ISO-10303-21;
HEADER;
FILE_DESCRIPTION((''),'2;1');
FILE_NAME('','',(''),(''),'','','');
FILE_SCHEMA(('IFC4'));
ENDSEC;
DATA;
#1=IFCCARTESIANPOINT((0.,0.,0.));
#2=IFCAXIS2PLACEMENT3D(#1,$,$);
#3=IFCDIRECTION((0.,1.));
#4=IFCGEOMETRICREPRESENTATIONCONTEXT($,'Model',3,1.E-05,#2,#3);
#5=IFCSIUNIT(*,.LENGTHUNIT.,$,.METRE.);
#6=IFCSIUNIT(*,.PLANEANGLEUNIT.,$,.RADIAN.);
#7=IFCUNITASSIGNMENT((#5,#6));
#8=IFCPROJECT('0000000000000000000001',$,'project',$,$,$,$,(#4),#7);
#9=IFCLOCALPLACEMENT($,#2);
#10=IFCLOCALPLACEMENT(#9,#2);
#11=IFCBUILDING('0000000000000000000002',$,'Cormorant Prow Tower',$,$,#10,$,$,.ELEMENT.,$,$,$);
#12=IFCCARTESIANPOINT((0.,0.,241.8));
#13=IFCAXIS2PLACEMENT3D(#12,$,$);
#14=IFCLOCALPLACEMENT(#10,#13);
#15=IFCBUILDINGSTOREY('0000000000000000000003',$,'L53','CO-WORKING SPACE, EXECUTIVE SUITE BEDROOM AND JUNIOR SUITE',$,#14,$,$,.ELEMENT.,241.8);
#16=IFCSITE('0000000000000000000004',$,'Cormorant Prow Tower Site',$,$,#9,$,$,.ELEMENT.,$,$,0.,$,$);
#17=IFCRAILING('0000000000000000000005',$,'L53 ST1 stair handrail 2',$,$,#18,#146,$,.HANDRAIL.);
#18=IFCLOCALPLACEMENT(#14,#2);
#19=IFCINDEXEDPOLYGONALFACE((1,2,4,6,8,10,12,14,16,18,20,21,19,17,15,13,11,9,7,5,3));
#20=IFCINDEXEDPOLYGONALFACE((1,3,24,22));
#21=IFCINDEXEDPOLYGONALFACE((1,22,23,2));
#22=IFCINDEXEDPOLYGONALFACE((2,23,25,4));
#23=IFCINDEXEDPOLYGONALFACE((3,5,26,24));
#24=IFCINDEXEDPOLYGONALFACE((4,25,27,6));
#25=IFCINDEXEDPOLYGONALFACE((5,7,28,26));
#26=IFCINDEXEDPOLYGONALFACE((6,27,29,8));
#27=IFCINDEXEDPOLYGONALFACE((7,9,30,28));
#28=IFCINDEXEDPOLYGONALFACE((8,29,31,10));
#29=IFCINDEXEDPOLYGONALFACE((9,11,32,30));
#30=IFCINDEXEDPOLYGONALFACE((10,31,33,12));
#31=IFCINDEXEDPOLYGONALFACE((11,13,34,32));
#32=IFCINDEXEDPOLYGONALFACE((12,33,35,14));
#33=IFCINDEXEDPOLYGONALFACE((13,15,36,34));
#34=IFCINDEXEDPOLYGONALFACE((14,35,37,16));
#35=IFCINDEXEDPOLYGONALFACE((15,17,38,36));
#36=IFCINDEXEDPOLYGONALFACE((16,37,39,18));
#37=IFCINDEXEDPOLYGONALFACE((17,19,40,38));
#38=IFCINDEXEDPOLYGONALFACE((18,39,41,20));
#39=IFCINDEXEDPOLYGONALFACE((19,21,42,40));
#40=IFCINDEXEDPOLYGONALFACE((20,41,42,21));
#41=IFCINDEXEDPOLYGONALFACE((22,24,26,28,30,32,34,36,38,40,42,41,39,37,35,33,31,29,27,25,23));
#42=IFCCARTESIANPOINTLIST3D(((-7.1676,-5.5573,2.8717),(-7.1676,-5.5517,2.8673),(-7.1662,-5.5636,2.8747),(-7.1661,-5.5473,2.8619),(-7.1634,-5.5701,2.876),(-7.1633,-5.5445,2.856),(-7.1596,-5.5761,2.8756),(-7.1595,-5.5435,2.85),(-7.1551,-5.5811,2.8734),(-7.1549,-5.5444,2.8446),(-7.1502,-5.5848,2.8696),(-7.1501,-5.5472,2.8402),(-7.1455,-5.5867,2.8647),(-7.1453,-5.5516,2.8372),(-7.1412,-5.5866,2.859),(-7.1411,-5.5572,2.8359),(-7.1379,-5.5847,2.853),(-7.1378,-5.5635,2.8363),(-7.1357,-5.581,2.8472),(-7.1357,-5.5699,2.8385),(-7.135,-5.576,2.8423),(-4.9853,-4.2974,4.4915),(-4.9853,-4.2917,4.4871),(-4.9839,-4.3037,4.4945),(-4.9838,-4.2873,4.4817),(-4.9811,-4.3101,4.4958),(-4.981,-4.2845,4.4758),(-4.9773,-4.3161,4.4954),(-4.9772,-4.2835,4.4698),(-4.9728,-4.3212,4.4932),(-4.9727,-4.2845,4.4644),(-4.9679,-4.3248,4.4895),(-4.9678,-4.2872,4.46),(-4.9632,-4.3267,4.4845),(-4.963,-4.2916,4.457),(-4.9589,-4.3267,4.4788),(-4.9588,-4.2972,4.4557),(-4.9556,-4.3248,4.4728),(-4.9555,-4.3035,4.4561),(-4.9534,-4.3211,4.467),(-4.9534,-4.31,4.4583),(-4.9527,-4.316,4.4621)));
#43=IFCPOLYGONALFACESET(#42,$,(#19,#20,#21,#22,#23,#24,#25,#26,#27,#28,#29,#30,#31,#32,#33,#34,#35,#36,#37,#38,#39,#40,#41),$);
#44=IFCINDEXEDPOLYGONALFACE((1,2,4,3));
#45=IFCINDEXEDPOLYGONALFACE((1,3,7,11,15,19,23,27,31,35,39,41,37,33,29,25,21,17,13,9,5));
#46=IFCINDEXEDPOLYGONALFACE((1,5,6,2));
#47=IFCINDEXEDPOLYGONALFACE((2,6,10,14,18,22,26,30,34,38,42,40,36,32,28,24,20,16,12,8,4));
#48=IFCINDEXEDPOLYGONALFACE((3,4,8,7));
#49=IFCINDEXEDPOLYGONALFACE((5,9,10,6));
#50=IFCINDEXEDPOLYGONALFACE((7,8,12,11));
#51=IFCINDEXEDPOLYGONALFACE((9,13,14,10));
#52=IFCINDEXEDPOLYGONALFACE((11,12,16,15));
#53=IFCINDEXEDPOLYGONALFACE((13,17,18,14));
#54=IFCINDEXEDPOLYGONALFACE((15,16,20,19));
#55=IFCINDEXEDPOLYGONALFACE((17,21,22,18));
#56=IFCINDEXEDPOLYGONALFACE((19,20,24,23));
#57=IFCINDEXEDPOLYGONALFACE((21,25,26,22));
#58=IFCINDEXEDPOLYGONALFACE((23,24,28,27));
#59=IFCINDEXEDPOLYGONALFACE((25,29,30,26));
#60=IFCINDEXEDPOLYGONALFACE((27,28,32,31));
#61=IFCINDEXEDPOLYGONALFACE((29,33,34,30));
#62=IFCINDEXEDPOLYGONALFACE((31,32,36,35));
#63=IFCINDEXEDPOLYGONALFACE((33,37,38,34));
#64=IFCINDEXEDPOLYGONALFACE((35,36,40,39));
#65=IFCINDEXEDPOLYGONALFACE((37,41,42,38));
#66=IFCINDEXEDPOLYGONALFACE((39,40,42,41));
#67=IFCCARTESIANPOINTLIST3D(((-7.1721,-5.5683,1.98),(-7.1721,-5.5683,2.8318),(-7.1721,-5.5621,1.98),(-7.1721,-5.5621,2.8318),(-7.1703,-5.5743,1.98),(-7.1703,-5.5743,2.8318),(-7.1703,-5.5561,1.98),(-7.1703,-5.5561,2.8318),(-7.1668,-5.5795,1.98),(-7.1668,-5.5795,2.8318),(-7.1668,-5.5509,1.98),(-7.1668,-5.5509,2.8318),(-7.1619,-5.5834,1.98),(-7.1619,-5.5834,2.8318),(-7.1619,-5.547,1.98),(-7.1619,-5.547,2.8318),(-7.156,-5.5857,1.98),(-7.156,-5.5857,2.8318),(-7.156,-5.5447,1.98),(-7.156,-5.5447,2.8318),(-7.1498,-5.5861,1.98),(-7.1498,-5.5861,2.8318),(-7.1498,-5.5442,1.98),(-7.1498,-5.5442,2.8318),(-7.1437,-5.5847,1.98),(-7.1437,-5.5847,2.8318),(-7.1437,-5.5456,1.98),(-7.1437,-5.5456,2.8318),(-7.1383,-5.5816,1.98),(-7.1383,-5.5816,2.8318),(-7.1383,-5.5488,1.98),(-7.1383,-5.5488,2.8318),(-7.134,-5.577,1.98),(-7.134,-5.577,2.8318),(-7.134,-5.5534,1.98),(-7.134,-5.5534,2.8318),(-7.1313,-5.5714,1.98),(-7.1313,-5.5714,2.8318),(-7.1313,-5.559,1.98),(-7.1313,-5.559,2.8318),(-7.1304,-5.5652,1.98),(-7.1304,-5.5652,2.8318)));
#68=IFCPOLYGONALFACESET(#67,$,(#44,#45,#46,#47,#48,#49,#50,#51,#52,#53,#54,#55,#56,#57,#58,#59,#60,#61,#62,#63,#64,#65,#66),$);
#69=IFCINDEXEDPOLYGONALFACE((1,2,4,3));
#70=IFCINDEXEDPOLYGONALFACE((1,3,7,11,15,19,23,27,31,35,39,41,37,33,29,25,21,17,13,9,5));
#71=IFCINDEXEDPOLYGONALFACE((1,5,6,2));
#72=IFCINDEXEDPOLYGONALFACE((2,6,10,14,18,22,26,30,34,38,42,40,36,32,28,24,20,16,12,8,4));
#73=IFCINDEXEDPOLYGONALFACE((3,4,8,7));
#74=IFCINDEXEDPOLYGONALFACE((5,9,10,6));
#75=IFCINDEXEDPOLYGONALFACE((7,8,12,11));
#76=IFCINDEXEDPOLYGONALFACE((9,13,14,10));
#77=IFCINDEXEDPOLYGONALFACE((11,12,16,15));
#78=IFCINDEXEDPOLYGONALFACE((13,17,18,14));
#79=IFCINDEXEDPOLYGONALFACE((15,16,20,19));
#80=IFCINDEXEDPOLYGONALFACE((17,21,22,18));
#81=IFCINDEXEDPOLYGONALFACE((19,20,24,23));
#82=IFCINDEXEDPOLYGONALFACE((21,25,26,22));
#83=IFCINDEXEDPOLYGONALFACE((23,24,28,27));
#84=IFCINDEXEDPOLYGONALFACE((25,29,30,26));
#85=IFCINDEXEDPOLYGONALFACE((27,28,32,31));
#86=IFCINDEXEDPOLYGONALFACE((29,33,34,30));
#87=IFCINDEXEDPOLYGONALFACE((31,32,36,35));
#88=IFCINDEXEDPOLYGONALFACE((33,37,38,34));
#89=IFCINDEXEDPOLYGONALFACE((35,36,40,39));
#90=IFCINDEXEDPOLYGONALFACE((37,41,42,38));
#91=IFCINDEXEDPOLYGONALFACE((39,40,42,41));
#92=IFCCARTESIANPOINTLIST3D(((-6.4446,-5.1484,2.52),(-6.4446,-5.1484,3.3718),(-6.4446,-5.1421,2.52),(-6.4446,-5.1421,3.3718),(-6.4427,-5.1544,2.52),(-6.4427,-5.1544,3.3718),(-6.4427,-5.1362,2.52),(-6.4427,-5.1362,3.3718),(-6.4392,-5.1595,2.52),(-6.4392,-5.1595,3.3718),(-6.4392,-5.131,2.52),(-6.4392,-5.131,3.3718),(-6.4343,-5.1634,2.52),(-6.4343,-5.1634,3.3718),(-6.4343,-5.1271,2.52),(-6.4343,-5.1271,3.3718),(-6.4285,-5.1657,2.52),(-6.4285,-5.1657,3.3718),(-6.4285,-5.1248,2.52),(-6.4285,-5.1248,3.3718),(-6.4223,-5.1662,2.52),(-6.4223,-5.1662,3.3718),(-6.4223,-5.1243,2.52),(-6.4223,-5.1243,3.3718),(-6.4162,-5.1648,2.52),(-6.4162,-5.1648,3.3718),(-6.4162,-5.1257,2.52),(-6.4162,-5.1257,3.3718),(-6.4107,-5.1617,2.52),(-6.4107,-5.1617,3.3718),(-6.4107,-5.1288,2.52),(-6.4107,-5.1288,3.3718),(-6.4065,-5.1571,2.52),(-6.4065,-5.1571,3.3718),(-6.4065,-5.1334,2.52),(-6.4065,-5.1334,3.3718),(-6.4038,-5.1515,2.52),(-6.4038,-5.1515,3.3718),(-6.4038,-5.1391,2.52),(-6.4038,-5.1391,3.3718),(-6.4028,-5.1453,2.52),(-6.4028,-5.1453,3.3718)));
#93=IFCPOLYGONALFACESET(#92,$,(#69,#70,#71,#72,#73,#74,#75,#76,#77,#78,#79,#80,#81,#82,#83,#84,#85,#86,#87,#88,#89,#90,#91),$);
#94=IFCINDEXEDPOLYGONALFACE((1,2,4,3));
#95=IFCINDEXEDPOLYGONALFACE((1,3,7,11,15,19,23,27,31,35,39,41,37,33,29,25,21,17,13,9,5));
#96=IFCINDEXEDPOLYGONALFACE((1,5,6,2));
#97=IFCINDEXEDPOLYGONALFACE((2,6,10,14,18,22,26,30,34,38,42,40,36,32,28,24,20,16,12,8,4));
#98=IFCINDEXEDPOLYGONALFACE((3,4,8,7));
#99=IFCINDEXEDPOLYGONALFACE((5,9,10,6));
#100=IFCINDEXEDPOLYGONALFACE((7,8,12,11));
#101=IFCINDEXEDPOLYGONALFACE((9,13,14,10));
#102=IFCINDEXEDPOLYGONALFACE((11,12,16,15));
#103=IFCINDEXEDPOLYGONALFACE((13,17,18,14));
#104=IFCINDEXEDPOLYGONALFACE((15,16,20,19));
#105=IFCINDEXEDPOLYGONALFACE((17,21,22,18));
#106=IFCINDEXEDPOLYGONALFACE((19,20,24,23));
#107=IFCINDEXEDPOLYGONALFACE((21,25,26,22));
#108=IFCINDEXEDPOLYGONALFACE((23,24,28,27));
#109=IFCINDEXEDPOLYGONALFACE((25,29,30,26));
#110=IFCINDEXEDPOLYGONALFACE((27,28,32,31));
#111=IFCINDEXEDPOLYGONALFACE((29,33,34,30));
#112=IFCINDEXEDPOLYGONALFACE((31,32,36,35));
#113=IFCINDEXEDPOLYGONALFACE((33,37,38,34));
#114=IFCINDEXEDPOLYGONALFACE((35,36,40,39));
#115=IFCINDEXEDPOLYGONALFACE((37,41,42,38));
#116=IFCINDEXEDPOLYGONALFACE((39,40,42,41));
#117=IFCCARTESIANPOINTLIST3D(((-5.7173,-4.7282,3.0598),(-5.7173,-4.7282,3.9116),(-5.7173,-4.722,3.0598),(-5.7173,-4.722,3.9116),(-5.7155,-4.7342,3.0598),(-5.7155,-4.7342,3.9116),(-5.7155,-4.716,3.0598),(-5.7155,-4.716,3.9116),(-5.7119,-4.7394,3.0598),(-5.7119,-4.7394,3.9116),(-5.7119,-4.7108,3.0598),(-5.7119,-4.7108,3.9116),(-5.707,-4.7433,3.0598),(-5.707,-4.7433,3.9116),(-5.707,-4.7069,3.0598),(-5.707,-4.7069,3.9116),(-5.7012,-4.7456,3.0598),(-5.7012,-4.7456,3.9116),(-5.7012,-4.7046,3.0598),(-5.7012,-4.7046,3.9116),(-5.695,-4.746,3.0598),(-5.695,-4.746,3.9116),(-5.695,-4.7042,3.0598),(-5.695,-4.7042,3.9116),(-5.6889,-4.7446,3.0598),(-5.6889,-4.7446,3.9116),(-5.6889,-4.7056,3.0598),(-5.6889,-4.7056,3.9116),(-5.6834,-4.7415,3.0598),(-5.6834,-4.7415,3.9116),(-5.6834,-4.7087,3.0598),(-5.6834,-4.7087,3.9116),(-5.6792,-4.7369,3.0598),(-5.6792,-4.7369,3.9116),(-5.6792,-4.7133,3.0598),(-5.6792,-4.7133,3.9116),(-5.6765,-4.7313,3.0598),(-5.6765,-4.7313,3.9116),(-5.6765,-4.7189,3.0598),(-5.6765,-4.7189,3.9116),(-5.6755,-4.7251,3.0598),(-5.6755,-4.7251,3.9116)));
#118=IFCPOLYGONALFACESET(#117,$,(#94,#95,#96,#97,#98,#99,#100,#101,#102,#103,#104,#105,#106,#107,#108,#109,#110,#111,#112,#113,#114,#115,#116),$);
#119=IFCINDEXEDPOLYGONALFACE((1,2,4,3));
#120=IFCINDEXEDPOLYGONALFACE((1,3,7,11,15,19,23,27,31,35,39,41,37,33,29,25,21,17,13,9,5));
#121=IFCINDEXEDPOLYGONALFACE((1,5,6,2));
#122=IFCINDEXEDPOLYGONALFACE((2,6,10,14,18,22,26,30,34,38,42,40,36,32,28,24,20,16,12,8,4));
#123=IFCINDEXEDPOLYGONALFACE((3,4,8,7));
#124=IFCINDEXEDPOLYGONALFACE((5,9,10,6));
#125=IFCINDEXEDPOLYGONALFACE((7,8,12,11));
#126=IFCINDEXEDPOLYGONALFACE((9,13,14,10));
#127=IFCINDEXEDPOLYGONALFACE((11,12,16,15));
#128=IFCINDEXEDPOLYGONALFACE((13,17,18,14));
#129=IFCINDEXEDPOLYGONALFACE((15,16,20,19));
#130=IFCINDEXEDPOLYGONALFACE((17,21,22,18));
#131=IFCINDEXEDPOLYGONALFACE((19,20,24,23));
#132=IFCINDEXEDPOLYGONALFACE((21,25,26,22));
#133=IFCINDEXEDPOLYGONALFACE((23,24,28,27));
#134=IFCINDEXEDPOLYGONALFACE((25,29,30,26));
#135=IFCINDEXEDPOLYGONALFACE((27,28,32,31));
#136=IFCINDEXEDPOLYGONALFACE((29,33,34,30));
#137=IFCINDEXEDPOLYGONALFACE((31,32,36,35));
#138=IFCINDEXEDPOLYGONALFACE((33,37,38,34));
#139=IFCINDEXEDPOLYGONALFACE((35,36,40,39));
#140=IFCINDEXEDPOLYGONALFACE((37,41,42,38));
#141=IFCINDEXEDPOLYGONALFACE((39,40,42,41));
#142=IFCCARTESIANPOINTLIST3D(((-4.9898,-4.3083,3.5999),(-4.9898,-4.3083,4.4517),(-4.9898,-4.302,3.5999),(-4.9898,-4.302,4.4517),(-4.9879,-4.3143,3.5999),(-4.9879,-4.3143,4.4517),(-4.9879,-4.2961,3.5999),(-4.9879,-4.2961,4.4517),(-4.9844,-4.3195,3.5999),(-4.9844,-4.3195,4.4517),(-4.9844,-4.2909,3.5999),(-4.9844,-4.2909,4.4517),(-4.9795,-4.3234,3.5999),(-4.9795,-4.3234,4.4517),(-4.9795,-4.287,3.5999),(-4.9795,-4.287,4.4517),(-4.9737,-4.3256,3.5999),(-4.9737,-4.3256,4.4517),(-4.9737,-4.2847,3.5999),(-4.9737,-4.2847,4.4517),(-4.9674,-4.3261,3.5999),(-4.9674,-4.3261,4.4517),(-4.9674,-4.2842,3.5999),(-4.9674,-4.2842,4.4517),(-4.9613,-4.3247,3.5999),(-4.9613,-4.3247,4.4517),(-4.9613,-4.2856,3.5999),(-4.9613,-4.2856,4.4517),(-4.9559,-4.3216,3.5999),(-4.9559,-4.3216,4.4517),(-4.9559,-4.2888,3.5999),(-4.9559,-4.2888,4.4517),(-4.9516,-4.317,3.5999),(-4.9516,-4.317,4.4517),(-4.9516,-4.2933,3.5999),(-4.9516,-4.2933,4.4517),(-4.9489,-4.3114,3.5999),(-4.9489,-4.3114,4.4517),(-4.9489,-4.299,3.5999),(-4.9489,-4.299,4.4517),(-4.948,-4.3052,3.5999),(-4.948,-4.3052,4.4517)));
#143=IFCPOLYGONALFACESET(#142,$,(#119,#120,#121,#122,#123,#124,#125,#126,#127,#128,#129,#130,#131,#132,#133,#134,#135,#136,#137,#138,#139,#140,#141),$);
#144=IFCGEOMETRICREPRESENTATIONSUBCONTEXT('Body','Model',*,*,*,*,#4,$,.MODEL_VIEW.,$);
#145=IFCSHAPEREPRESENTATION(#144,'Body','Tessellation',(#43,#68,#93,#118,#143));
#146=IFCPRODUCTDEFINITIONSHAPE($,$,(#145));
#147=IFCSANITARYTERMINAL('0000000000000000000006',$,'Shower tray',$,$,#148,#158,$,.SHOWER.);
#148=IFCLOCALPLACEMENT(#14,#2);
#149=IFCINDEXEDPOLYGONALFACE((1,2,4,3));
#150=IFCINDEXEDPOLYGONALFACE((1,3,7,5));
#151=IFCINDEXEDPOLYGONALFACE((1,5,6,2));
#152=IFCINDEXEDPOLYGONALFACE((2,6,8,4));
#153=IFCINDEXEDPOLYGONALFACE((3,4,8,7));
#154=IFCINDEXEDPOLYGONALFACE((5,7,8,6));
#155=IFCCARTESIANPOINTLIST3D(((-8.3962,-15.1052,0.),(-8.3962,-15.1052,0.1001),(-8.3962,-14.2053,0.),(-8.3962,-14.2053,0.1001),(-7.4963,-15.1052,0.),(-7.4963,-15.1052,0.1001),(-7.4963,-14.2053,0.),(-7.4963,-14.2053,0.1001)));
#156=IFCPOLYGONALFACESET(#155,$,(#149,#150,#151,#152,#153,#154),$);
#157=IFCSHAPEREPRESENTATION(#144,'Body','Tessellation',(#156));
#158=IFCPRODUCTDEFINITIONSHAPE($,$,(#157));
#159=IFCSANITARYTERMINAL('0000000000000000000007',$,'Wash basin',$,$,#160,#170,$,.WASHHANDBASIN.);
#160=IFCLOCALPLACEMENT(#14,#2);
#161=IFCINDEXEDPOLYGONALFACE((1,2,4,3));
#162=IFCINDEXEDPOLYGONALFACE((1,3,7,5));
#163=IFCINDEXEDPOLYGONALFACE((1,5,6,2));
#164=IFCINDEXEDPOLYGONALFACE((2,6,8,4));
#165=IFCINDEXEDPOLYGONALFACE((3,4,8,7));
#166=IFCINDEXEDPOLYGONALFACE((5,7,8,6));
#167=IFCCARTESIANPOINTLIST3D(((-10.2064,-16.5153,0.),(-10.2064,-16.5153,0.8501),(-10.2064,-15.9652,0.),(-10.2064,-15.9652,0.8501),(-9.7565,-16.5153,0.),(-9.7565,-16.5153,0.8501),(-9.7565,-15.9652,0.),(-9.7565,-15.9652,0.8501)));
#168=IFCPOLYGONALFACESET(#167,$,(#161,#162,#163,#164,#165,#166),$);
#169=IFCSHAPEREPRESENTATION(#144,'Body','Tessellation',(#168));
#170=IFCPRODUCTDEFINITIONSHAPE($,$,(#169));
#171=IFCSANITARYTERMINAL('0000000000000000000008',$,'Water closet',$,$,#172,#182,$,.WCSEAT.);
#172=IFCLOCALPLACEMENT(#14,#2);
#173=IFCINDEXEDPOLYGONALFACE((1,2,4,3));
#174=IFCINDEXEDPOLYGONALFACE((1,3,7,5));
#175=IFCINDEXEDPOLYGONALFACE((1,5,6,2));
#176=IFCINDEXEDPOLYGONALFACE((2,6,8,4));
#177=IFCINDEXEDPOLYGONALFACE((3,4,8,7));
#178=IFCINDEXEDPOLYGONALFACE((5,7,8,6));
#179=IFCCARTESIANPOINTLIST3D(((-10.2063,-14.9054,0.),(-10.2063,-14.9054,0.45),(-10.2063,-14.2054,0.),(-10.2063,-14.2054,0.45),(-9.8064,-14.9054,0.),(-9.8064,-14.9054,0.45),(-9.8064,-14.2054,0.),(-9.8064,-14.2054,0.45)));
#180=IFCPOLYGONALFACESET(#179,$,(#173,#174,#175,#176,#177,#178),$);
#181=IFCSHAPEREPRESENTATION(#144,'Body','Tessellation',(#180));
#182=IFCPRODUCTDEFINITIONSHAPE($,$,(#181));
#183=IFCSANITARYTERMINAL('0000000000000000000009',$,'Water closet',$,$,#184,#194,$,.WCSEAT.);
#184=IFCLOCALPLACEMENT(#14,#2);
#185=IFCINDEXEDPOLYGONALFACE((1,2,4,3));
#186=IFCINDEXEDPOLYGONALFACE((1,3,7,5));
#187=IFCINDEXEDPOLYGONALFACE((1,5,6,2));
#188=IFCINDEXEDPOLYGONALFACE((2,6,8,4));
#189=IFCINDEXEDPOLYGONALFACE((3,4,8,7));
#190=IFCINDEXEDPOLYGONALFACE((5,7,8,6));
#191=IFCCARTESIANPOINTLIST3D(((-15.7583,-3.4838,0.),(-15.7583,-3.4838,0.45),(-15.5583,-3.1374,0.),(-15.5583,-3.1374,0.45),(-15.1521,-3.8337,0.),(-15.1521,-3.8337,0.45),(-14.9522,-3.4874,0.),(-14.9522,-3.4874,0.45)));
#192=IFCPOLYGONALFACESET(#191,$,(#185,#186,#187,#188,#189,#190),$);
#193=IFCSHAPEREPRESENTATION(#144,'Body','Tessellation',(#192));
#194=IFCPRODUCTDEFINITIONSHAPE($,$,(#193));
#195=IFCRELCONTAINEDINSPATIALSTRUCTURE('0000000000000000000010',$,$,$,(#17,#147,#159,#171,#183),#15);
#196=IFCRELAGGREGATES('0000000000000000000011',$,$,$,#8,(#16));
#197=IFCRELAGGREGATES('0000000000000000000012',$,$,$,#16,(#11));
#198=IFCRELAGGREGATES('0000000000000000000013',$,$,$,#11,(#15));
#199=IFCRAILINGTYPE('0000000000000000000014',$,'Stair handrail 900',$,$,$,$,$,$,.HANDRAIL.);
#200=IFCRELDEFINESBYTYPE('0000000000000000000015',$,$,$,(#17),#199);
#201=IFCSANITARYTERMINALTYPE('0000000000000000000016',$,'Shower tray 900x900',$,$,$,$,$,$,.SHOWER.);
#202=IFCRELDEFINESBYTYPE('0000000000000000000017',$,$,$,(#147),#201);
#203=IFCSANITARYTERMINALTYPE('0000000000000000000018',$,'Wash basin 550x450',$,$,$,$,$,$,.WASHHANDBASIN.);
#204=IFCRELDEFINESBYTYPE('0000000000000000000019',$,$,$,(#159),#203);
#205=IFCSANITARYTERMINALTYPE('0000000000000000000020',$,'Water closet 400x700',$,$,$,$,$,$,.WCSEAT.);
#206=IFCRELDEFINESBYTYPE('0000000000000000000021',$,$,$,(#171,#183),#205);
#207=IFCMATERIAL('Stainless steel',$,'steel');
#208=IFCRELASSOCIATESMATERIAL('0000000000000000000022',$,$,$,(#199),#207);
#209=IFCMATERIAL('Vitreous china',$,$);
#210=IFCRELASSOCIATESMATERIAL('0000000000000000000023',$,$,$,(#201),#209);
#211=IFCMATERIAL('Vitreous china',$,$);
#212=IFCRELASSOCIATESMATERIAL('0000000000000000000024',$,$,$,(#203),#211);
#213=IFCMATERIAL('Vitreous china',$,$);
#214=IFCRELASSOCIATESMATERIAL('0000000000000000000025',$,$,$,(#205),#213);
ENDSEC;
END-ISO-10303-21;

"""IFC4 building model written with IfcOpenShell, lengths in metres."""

from ifc_helpers import new_model, si_unit, direction, frame, origin, origin_2d, place, context, subcontext, project, spatial, rectangle, circle, extrude, material, type_object, element, save


model = new_model("IFC4")

# Units and contexts
model_context = context("Model", 3, precision=1e-05, world=origin(), true_north=direction((0.0, 1.0)))
body_context = subcontext(model_context, "Body", "Model", "MODEL_VIEW")
ifc_project = project(units=[si_unit("LENGTHUNIT", "METRE"), si_unit("PLANEANGLEUNIT", "RADIAN")], contexts=[model_context])

# Site, building, storey
site_placement = place(None, origin())
site = spatial("IfcSite", under=ifc_project, at=site_placement, Name="Cormorant Prow Tower Site", CompositionType="ELEMENT", RefElevation=0.0)
building_placement = place(site_placement, origin())
building = spatial("IfcBuilding", under=site, at=building_placement, Name="Cormorant Prow Tower", CompositionType="ELEMENT")
storey_placement = place(building_placement, frame((0.0, 0.0, 241.8)))
storey = spatial("IfcBuildingStorey", under=building, at=storey_placement, Name="L53", Description="CO-WORKING SPACE, EXECUTIVE SUITE BEDROOM AND JUNIOR SUITE", CompositionType="ELEMENT", Elevation=241.8)

# Railing
ifc_material_1 = material(Name="Stainless steel", Category="steel")
railing_type_1 = type_object("IfcRailingType", Name="Stair handrail 900", PredefinedType="HANDRAIL", material=ifc_material_1)
railing_1_placement = place(storey_placement, frame((-7.1514, -5.5652, 1.98)))
element("IfcRailing", 1, at=railing_1_placement, inside=storey, type_object=railing_type_1, Name="L53 ST1 stair handrail 2", PredefinedType="HANDRAIL", context=body_context, shape_type="SweptSolid", body=[
    extrude(circle(Radius=0.0239, at=origin_2d()), frame((0.0, 0.0, 0.876), z_axis=(0.728496, 0.420603, 0.540728), x_axis=(-0.500005, 0.866023, 0.0)), (0.0, 0.0, 1.0), 2.9956),
    extrude(circle(Radius=0.021, at=origin_2d()), origin(), (0.0, 0.0, 1.0), 0.8518),
    extrude(circle(Radius=0.021, at=origin_2d()), frame((0.7275, 0.4199, 0.54)), (0.0, 0.0, 1.0), 0.8518),
    extrude(circle(Radius=0.021, at=origin_2d()), frame((1.4548, 0.8401, 1.0798)), (0.0, 0.0, 1.0), 0.8518),
    extrude(circle(Radius=0.021, at=origin_2d()), frame((2.1824, 1.26, 1.6199)), (0.0, 0.0, 1.0), 0.8518),
])

# Sanitary terminals
ifc_material_2 = material(Name="Vitreous china")
sanitary_terminal_type_1 = type_object("IfcSanitaryTerminalType", Name="Shower tray 900x900", PredefinedType="SHOWER", material=ifc_material_2)
sanitary_terminal_1_placement = place(storey_placement, frame((-7.9463, -14.6553, 0.0), z_axis=(0.0, 0.0, 1.0), x_axis=(0.0, -1.0, 0.0)))
element("IfcSanitaryTerminal", 2, at=sanitary_terminal_1_placement, inside=storey, type_object=sanitary_terminal_type_1, Name="Shower tray", PredefinedType="SHOWER", context=body_context, shape_type="SweptSolid", body=[
    extrude(rectangle(XDim=0.8999, YDim=0.8999, at=origin_2d()), origin(), (0.0, 0.0, 1.0), 0.1001),
])
ifc_material_3 = material(Name="Vitreous china")
sanitary_terminal_type_2 = type_object("IfcSanitaryTerminalType", Name="Wash basin 550x450", PredefinedType="WASHHANDBASIN", material=ifc_material_3)
sanitary_terminal_2_placement = place(storey_placement, frame((-9.9814, -16.2402, 0.0), z_axis=(0.0, 0.0, 1.0), x_axis=(0.0, 1.0, 0.0)))
element("IfcSanitaryTerminal", 3, at=sanitary_terminal_2_placement, inside=storey, type_object=sanitary_terminal_type_2, Name="Wash basin", PredefinedType="WASHHANDBASIN", context=body_context, shape_type="SweptSolid", body=[
    extrude(rectangle(XDim=0.55, YDim=0.45, at=origin_2d()), origin(), (0.0, 0.0, 1.0), 0.8501),
])
ifc_material_4 = material(Name="Vitreous china")
sanitary_terminal_type_3 = type_object("IfcSanitaryTerminalType", Name="Water closet 400x700", PredefinedType="WCSEAT", material=ifc_material_4)
for number, where, z_axis, x_axis, name in (
    (4, (-10.0063, -14.5554, 0.0), (0.0, 0.0, 1.0), (1.0, 0.0, 0.0), "Water closet"),
    (5, (-15.3552, -3.4856, 0.0), (0.0, 0.0, 1.0), (-0.5, -0.866025, 0.0), "Water closet"),
):
    element("IfcSanitaryTerminal", number, at=place(storey_placement, frame(where, z_axis=z_axis, x_axis=x_axis)), inside=storey, type_object=sanitary_terminal_type_3, Name=name, PredefinedType="WCSEAT", context=body_context, shape_type="SweptSolid", body=[
        extrude(rectangle(XDim=0.3999, YDim=0.7, at=origin_2d()), origin(), (0.0, 0.0, 1.0), 0.45),
    ])

save(model, "model.ifc")
